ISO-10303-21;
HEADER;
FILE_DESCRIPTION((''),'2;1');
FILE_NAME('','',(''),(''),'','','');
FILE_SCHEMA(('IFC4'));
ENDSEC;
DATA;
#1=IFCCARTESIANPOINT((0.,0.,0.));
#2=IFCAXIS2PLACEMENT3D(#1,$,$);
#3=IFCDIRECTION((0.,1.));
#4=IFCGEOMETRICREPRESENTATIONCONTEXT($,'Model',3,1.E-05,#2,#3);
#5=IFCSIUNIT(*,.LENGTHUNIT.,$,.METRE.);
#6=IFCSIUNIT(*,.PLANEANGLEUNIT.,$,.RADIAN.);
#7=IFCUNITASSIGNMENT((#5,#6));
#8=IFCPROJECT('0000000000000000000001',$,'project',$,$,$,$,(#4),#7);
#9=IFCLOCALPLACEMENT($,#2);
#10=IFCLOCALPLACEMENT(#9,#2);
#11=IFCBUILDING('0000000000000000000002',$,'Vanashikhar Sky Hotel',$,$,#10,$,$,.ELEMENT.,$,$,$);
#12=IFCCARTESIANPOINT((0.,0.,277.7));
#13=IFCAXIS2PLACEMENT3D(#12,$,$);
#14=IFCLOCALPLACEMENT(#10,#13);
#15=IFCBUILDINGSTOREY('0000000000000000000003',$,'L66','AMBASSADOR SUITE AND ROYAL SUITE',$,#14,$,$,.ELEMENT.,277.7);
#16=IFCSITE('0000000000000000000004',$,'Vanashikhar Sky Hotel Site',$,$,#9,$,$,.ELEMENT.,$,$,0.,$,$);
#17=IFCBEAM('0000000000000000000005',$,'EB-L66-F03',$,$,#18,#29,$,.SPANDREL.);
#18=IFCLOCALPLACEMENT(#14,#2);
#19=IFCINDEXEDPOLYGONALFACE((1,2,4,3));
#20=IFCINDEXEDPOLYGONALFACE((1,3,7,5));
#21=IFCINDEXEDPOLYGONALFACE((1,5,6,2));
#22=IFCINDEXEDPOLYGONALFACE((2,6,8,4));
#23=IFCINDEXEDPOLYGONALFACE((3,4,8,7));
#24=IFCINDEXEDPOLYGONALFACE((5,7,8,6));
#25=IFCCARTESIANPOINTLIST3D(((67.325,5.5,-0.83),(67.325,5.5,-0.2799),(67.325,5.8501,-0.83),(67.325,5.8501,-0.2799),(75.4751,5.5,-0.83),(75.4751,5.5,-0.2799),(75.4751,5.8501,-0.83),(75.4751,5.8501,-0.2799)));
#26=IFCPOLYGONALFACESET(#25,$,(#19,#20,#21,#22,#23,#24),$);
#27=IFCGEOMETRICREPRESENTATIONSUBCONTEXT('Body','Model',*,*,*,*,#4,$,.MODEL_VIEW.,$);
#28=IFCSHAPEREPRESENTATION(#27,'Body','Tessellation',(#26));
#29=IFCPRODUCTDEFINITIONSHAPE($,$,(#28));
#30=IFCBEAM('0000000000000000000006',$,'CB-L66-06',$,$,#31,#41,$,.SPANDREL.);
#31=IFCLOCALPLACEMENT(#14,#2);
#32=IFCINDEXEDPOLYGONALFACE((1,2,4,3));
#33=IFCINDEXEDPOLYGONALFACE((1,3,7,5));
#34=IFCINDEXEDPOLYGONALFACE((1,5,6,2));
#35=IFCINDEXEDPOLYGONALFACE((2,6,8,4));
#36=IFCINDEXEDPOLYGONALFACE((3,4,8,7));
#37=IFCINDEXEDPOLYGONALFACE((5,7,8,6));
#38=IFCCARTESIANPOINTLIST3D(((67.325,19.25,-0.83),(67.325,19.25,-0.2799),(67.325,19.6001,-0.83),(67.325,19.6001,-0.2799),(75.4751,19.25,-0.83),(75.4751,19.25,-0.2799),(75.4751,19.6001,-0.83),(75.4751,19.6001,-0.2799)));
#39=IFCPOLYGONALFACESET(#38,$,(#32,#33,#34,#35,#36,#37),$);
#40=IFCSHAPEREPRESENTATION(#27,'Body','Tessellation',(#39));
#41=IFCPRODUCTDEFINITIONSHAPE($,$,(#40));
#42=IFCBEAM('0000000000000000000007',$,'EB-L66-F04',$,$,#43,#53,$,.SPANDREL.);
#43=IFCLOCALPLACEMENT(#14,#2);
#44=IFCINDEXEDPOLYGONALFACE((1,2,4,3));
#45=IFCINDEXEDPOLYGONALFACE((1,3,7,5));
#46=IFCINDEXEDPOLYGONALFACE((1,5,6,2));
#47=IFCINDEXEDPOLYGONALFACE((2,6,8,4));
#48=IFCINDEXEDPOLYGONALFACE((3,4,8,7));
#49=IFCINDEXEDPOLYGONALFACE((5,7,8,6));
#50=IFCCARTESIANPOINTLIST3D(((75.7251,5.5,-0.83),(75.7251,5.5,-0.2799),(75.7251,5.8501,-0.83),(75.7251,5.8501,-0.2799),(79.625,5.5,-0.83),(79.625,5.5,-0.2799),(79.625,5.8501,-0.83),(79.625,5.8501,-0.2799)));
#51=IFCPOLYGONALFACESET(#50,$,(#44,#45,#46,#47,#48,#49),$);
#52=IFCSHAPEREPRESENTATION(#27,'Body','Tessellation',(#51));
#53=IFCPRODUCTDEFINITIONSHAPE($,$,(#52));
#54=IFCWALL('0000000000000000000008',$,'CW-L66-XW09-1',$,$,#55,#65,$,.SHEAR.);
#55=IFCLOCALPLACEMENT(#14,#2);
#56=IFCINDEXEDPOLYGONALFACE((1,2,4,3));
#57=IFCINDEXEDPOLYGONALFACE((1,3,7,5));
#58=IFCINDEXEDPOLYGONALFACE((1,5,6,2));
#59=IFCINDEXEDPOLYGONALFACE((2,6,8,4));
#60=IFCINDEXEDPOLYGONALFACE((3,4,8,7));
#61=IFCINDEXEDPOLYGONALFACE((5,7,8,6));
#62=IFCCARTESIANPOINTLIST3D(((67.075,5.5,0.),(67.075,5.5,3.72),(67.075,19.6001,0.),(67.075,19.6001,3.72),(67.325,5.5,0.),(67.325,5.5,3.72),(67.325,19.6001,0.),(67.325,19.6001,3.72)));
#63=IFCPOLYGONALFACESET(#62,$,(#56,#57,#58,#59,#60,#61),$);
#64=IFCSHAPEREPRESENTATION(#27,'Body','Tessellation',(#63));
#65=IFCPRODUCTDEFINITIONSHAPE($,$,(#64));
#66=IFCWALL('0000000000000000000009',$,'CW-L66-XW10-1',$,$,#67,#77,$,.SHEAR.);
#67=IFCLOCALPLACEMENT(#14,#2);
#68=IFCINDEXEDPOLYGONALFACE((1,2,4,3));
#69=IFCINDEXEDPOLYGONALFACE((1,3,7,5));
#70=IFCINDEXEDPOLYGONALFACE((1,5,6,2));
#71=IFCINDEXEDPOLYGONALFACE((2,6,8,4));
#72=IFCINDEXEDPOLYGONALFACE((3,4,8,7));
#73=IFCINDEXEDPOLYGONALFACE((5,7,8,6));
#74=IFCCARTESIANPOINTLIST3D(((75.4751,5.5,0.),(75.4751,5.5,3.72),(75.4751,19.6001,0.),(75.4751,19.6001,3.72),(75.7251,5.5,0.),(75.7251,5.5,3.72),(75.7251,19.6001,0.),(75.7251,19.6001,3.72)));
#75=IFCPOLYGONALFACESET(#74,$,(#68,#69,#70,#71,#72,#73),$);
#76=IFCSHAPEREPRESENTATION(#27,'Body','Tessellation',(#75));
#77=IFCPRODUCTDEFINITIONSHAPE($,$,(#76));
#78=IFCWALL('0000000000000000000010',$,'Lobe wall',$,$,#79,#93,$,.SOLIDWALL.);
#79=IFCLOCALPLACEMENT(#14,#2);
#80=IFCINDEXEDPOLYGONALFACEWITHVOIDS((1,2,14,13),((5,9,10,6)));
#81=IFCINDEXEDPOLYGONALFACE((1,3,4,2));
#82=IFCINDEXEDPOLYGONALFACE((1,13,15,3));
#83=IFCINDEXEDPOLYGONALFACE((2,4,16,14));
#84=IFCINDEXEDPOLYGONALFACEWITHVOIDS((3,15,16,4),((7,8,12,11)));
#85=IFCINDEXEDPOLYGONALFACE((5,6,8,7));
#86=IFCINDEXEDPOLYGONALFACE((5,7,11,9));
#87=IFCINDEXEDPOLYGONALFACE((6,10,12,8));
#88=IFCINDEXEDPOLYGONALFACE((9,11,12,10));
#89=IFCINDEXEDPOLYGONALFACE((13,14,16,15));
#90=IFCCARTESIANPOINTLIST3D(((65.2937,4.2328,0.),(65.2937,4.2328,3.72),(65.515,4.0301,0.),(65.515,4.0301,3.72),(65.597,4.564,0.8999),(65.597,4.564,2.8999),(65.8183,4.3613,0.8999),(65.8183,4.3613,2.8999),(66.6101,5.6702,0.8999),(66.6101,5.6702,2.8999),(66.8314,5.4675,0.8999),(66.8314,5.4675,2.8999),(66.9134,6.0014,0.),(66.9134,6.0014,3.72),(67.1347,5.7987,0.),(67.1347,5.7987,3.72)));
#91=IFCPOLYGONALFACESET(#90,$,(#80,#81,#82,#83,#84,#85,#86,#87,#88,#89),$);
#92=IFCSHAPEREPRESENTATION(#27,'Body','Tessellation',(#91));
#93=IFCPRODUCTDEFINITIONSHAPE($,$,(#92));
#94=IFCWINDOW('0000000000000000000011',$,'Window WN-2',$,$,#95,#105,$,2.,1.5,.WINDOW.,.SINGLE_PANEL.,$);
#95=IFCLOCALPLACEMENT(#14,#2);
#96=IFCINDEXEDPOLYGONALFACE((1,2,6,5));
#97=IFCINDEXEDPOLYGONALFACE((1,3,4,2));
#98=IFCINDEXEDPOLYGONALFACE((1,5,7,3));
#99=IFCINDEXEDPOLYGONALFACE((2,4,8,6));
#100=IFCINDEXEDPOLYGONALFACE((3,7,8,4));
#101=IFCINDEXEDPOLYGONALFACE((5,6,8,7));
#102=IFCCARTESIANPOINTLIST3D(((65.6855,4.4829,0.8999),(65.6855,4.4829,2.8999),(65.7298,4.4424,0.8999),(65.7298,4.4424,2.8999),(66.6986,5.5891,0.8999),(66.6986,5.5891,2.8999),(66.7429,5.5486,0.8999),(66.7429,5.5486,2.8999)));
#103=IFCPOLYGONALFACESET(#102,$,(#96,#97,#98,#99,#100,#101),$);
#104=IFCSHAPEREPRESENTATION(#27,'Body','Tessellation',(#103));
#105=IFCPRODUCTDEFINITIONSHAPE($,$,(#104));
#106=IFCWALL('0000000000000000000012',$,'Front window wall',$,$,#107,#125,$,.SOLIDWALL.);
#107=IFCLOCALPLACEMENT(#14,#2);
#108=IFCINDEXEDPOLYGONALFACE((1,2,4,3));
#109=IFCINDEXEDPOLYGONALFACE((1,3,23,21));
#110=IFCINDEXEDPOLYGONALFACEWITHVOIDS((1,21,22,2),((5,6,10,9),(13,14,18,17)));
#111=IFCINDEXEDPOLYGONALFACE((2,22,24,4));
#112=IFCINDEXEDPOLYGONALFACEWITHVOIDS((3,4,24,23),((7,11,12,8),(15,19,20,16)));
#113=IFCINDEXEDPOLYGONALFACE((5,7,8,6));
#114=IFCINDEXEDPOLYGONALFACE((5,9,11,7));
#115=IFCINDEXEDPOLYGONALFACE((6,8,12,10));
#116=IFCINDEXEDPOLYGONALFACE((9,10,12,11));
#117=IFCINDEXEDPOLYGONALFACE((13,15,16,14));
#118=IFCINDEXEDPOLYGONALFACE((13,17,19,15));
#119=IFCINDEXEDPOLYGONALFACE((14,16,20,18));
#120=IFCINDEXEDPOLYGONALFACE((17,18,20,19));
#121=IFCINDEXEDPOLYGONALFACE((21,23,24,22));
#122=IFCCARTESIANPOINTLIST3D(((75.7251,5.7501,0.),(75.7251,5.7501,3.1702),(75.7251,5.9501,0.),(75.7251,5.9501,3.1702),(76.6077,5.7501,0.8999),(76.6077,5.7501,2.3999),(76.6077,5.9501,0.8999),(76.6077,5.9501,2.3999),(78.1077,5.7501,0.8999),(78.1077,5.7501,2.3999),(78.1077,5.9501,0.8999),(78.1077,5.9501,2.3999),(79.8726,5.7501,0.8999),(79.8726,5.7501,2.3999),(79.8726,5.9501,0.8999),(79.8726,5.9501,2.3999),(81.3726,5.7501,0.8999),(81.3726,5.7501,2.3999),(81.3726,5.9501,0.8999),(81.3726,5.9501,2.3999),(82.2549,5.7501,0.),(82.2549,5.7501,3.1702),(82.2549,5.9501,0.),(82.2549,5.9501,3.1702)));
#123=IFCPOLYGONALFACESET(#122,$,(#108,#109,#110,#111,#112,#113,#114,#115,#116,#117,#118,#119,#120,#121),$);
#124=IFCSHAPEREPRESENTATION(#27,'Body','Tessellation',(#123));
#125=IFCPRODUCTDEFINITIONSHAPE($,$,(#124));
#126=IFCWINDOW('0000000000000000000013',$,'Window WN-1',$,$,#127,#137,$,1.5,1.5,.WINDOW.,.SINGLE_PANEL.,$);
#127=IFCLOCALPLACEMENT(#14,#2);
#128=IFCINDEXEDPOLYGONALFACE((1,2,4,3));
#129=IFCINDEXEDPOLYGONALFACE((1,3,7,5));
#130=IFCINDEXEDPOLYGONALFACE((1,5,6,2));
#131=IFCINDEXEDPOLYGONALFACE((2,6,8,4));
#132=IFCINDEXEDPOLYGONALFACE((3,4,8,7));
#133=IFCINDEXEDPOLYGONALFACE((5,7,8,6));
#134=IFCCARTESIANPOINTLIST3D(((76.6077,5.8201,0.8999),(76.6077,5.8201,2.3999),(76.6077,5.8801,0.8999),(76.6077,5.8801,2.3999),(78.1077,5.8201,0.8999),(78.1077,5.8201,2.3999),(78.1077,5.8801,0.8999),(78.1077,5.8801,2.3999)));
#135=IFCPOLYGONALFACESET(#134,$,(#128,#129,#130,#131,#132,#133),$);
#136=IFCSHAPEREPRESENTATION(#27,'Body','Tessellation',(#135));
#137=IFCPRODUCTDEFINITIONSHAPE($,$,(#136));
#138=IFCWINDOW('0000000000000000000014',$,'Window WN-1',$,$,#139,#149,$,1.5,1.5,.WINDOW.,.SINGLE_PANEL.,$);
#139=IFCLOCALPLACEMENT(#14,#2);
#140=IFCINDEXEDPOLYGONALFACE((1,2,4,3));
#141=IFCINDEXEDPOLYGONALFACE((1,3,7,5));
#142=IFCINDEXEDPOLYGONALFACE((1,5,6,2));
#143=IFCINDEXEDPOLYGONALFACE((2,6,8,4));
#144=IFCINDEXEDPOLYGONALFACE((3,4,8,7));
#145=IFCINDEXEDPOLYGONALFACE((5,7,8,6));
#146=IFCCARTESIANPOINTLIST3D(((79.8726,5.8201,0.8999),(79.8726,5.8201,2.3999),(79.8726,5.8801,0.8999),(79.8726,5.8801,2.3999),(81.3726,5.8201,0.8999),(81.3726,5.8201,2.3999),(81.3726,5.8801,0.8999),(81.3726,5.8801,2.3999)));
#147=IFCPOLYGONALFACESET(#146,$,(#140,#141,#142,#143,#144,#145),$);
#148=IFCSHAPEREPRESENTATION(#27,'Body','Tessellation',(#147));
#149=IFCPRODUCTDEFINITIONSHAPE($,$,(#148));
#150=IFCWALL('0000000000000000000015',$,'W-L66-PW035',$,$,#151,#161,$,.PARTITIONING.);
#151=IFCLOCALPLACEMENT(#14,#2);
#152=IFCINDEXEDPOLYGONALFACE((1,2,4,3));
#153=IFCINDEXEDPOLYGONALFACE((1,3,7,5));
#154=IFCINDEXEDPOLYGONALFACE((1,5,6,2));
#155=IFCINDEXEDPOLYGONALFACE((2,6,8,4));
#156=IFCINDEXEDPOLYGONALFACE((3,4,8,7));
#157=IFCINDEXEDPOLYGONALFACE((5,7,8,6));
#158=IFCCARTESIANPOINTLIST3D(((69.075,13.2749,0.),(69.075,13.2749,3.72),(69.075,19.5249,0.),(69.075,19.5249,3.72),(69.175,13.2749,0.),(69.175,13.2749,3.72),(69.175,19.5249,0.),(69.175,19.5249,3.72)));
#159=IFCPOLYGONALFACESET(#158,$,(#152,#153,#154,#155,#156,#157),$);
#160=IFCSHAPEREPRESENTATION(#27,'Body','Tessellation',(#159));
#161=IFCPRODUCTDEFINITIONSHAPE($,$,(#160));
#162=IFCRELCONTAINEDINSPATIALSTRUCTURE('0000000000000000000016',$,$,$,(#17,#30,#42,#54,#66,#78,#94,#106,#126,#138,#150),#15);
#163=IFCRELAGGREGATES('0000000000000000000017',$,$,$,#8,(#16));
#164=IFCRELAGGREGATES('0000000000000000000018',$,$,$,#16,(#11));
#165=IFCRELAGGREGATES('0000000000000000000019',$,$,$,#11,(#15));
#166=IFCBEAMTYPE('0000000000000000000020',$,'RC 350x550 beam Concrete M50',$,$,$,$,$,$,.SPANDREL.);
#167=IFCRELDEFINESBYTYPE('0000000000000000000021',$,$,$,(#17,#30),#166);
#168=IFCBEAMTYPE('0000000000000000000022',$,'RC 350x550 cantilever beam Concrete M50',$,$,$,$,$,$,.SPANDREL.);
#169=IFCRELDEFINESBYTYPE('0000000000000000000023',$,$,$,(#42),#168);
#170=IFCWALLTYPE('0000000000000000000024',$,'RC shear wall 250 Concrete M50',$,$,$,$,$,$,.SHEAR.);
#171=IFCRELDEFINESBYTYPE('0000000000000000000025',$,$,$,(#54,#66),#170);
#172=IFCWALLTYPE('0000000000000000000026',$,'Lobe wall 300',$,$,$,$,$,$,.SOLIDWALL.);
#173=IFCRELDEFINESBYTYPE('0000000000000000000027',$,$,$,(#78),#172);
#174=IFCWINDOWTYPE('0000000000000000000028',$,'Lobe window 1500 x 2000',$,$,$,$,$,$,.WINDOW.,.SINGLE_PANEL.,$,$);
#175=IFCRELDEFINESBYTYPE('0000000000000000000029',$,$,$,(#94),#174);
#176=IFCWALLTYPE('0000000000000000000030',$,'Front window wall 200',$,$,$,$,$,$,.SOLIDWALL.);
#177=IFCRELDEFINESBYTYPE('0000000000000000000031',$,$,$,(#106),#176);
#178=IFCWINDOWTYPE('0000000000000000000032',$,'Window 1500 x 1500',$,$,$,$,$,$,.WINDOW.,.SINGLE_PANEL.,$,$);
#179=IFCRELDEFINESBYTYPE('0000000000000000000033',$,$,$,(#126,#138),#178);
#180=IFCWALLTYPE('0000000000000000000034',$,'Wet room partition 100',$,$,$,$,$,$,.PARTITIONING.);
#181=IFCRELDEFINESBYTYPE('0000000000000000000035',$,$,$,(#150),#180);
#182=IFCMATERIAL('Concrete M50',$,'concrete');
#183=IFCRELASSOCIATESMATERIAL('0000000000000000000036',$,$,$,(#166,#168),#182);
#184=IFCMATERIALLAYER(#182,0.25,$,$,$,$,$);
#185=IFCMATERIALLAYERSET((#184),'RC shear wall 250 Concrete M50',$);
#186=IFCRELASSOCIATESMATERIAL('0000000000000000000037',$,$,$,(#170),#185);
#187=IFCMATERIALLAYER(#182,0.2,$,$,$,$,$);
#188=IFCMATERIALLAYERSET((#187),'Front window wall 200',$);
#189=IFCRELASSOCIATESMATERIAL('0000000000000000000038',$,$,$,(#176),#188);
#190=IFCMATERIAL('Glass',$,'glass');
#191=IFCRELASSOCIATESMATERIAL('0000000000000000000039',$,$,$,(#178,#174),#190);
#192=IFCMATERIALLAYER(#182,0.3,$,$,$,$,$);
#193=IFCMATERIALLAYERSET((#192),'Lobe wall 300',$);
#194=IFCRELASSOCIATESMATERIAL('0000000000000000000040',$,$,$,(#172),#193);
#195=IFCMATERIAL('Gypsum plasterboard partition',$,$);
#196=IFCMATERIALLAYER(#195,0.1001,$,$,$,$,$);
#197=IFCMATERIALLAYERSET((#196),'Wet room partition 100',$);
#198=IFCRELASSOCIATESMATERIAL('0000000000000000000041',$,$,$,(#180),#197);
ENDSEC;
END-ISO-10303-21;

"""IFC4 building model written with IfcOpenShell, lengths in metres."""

from ifc_helpers import new_model, si_unit, direction, frame, frame_2d, origin, origin_2d, place, context, subcontext, project, spatial, rectangle, extrude, source, transform, mapped, material, layer, layer_set, material_profile, profile_set, type_object, element, fill, save


model = new_model("IFC4")

# Units and contexts
model_context = context("Model", 3, precision=1e-05, world=origin(), true_north=direction((0.0, 1.0)))
body_context = subcontext(model_context, "Body", "Model", "MODEL_VIEW")
ifc_project = project(units=[si_unit("LENGTHUNIT", "METRE"), si_unit("PLANEANGLEUNIT", "RADIAN")], contexts=[model_context])

# Site, building, storey
site_placement = place(None, origin())
site = spatial("IfcSite", under=ifc_project, at=site_placement, Name="Vanashikhar Sky Hotel Site", CompositionType="ELEMENT", RefElevation=0.0)
building_placement = place(site_placement, origin())
building = spatial("IfcBuilding", under=site, at=building_placement, Name="Vanashikhar Sky Hotel", CompositionType="ELEMENT")
storey_placement = place(building_placement, frame((0.0, 0.0, 277.7)))
storey = spatial("IfcBuildingStorey", under=building, at=storey_placement, Name="L66", Description="AMBASSADOR SUITE AND ROYAL SUITE", CompositionType="ELEMENT", Elevation=277.7)

# Beams
ifc_material_1 = material(Name="Concrete M50", Category="concrete")
ifc_material_profile_1 = material_profile(ifc_material_1, rectangle(XDim=0.3501, YDim=0.55, at=origin_2d()))
ifc_profile_set_1 = profile_set([ifc_material_profile_1], Name="RC 350x550 beam Concrete M50")
beam_type_1 = type_object("IfcBeamType", Name="RC 350x550 beam Concrete M50", PredefinedType="SPANDREL", material=ifc_profile_set_1)
shared_shape_1 = source(origin(), body_context, "Body", "SweptSolid", [
    extrude(rectangle(XDim=0.3501, YDim=0.55, at=origin_2d()), origin(), (0.0, 0.0, 1.0), 8.1501),
])
for number, where, z_axis, x_axis, name in (
    (1, (67.325, 5.675, -0.5549), (1.0, 0.0, 0.0), (0.0, 1.0, 0.0), "EB-L66-F03"),
    (2, (67.325, 19.425, -0.5549), (1.0, 0.0, 0.0), (0.0, 1.0, 0.0), "CB-L66-06"),
):
    element("IfcBeam", number, at=place(storey_placement, frame(where, z_axis=z_axis, x_axis=x_axis)), inside=storey, type_object=beam_type_1, Name=name, PredefinedType="SPANDREL", context=body_context, shape_type="MappedRepresentation", body=[
        mapped(shared_shape_1, transform((0.0, 0.0, 0.0), scale=1.0)),
    ])
ifc_material_profile_2 = material_profile(ifc_material_1, rectangle(XDim=0.3501, YDim=0.55, at=origin_2d()))
ifc_profile_set_2 = profile_set([ifc_material_profile_2], Name="RC 350x550 cantilever beam Concrete M50")
beam_type_2 = type_object("IfcBeamType", Name="RC 350x550 cantilever beam Concrete M50", PredefinedType="SPANDREL", material=ifc_profile_set_2)
shared_shape_2 = source(origin(), body_context, "Body", "SweptSolid", [
    extrude(rectangle(XDim=0.3501, YDim=0.55, at=origin_2d()), origin(), (0.0, 0.0, 1.0), 3.8999),
])
beam_placement = place(storey_placement, frame((75.7251, 5.675, -0.5549), z_axis=(1.0, 0.0, 0.0), x_axis=(0.0, 1.0, 0.0)))
element("IfcBeam", 3, at=beam_placement, inside=storey, type_object=beam_type_2, Name="EB-L66-F04", PredefinedType="SPANDREL", context=body_context, shape_type="MappedRepresentation", body=[
    mapped(shared_shape_2, transform((0.0, 0.0, 0.0), scale=1.0)),
])

# Walls
ifc_layer_1 = layer(ifc_material_1, 0.25)
ifc_layer_set_1 = layer_set([ifc_layer_1], Name="RC shear wall 250 Concrete M50")
wall_type_1 = type_object("IfcWallType", Name="RC shear wall 250 Concrete M50", PredefinedType="SHEAR", material=ifc_layer_set_1)
shared_shape_3 = source(origin(), body_context, "Body", "SweptSolid", [
    extrude(rectangle(XDim=14.1001, YDim=0.25, at=frame_2d((7.05, 0.0))), origin(), (0.0, 0.0, 1.0), 3.72),
])
for number, where, z_axis, x_axis, name in (
    (4, (67.2, 5.5, 0.0), (0.0, 0.0, 1.0), (0.0, 1.0, 0.0), "CW-L66-XW09-1"),
    (5, (75.6001, 5.5, 0.0), (0.0, 0.0, 1.0), (0.0, 1.0, 0.0), "CW-L66-XW10-1"),
):
    element("IfcWall", number, at=place(storey_placement, frame(where, z_axis=z_axis, x_axis=x_axis)), inside=storey, type_object=wall_type_1, Name=name, PredefinedType="SHEAR", context=body_context, shape_type="MappedRepresentation", body=[
        mapped(shared_shape_3, transform((0.0, 0.0, 0.0), scale=1.0)),
    ])

# Shared definitions
ifc_layer_2 = layer(ifc_material_1, 0.2)
ifc_layer_set_2 = layer_set([ifc_layer_2], Name="Front window wall 200")
wall_type_2 = type_object("IfcWallType", Name="Front window wall 200", PredefinedType="SOLIDWALL", material=ifc_layer_set_2)
shared_shape_4 = source(origin(), body_context, "Body", "SweptSolid", [
    extrude(rectangle(XDim=1.5, YDim=1.5, at=frame_2d((0.75, 0.75))), frame((0.0, 0.1099, 0.0), z_axis=(0.0, -1.0, 0.0), x_axis=(1.0, 0.0, 0.0)), (0.0, 0.0, 1.0), 0.22),
])
ifc_material_2 = material(Name="Glass", Category="glass")
window_type_1 = type_object("IfcWindowType", Name="Window 1500 x 1500", PartitioningType="SINGLE_PANEL", PredefinedType="WINDOW", material=ifc_material_2)
shared_shape_5 = source(origin(), body_context, "Body", "SweptSolid", [
    extrude(rectangle(XDim=1.5, YDim=1.5, at=frame_2d((0.75, 0.75))), frame((0.0, 0.03, 0.0), z_axis=(0.0, -1.0, 0.0), x_axis=(1.0, 0.0, 0.0)), (0.0, 0.0, 1.0), 0.0601),
])

# Wall, opening, window
ifc_layer_3 = layer(ifc_material_1, 0.3)
ifc_layer_set_3 = layer_set([ifc_layer_3], Name="Lobe wall 300")
wall_type_3 = type_object("IfcWallType", Name="Lobe wall 300", PredefinedType="SOLIDWALL", material=ifc_layer_set_3)
shared_shape_6 = source(origin(), body_context, "Body", "SweptSolid", [
    extrude(rectangle(XDim=2.3982, YDim=0.3, at=frame_2d((1.1992, 0.0))), origin(), (0.0, 0.0, 1.0), 3.72),
])
wall_1_placement = place(storey_placement, frame((65.4043, 4.1313, 0.0), z_axis=(0.0, 0.0, 1.0), x_axis=(0.675374, 0.737475, 0.0)))
wall_1 = element("IfcWall", 6, at=wall_1_placement, inside=storey, type_object=wall_type_3, Name="Lobe wall", PredefinedType="SOLIDWALL", context=body_context, shape_type="MappedRepresentation", body=[
    mapped(shared_shape_6, transform((0.0, 0.0, 0.0), scale=1.0)),
])
shared_shape_7 = source(origin(), body_context, "Body", "SweptSolid", [
    extrude(rectangle(XDim=1.5, YDim=2.0, at=frame_2d((0.75, 1.0))), frame((0.0, 0.1602, 0.0), z_axis=(0.0, -1.0, 0.0), x_axis=(1.0, 0.0, 0.0)), (0.0, 0.0, 1.0), 0.3201),
])
opening_1_placement = place(wall_1_placement, frame((0.4492, 0.0, 0.8999)))
opening_1 = element("IfcOpeningElement", 7, at=opening_1_placement, cuts=wall_1, PredefinedType="OPENING", context=body_context, shape_type="MappedRepresentation", body=[
    mapped(shared_shape_7, transform((0.0, 0.0, 0.0), scale=1.0)),
])
window_type_2 = type_object("IfcWindowType", Name="Lobe window 1500 x 2000", PartitioningType="SINGLE_PANEL", PredefinedType="WINDOW", material=ifc_material_2)
shared_shape_8 = source(origin(), body_context, "Body", "SweptSolid", [
    extrude(rectangle(XDim=1.5, YDim=2.0, at=frame_2d((0.75, 1.0))), frame((0.0, 0.03, 0.0), z_axis=(0.0, -1.0, 0.0), x_axis=(1.0, 0.0, 0.0)), (0.0, 0.0, 1.0), 0.0601),
])
window_1_placement = place(opening_1_placement, origin())
window_1 = element("IfcWindow", 8, at=window_1_placement, inside=storey, type_object=window_type_2, Name="Window WN-2", OverallHeight=2.0, OverallWidth=1.5, PartitioningType="SINGLE_PANEL", PredefinedType="WINDOW", context=body_context, shape_type="MappedRepresentation", body=[
    mapped(shared_shape_8, transform((0.0, 0.0, 0.0), scale=1.0)),
])
fill(opening_1, window_1)

# Wall, openings, windows
shared_shape_9 = source(origin(), body_context, "Body", "SweptSolid", [
    extrude(rectangle(XDim=6.5298, YDim=0.2, at=frame_2d((3.2649, 0.0))), origin(), (0.0, 0.0, 1.0), 3.1702),
])
wall_2_placement = place(storey_placement, frame((75.7251, 5.8501, 0.0), z_axis=(0.0, 0.0, 1.0), x_axis=(1.0, 0.0, 0.0)))
wall_2 = element("IfcWall", 9, at=wall_2_placement, inside=storey, type_object=wall_type_2, Name="Front window wall", PredefinedType="SOLIDWALL", context=body_context, shape_type="MappedRepresentation", body=[
    mapped(shared_shape_9, transform((0.0, 0.0, 0.0), scale=1.0)),
])
opening_2_placement = place(wall_2_placement, frame((0.8826, 0.0, 0.8999)))
opening_2 = element("IfcOpeningElement", 10, at=opening_2_placement, cuts=wall_2, PredefinedType="OPENING", context=body_context, shape_type="MappedRepresentation", body=[
    mapped(shared_shape_4, transform((0.0, 0.0, 0.0), scale=1.0)),
])
opening_3_placement = place(wall_2_placement, frame((4.1475, 0.0, 0.8999)))
opening_3 = element("IfcOpeningElement", 11, at=opening_3_placement, cuts=wall_2, PredefinedType="OPENING", context=body_context, shape_type="MappedRepresentation", body=[
    mapped(shared_shape_4, transform((0.0, 0.0, 0.0), scale=1.0)),
])
window_2_placement = place(opening_2_placement, origin())
window_2 = element("IfcWindow", 12, at=window_2_placement, inside=storey, type_object=window_type_1, Name="Window WN-1", OverallHeight=1.5, OverallWidth=1.5, PartitioningType="SINGLE_PANEL", PredefinedType="WINDOW", context=body_context, shape_type="MappedRepresentation", body=[
    mapped(shared_shape_5, transform((0.0, 0.0, 0.0), scale=1.0)),
])
fill(opening_2, window_2)
window_3_placement = place(opening_3_placement, origin())
window_3 = element("IfcWindow", 13, at=window_3_placement, inside=storey, type_object=window_type_1, Name="Window WN-1", OverallHeight=1.5, OverallWidth=1.5, PartitioningType="SINGLE_PANEL", PredefinedType="WINDOW", context=body_context, shape_type="MappedRepresentation", body=[
    mapped(shared_shape_5, transform((0.0, 0.0, 0.0), scale=1.0)),
])
fill(opening_3, window_3)

# Wall
ifc_material_3 = material(Name="Gypsum plasterboard partition")
ifc_layer_4 = layer(ifc_material_3, 0.1001)
ifc_layer_set_4 = layer_set([ifc_layer_4], Name="Wet room partition 100")
wall_type_4 = type_object("IfcWallType", Name="Wet room partition 100", PredefinedType="PARTITIONING", material=ifc_layer_set_4)
shared_shape_10 = source(origin(), body_context, "Body", "SweptSolid", [
    extrude(rectangle(XDim=6.25, YDim=0.1001, at=frame_2d((3.125, 0.0))), origin(), (0.0, 0.0, 1.0), 3.72),
])
for number, where, z_axis, x_axis, name in (
    (14, (69.125, 13.2749, 0.0), (0.0, 0.0, 1.0), (0.0, 1.0, 0.0), "W-L66-PW035"),
):
    element("IfcWall", number, at=place(storey_placement, frame(where, z_axis=z_axis, x_axis=x_axis)), inside=storey, type_object=wall_type_4, Name=name, PredefinedType="PARTITIONING", context=body_context, shape_type="MappedRepresentation", body=[
        mapped(shared_shape_10, transform((0.0, 0.0, 0.0), scale=1.0)),
    ])

save(model, "model.ifc")
